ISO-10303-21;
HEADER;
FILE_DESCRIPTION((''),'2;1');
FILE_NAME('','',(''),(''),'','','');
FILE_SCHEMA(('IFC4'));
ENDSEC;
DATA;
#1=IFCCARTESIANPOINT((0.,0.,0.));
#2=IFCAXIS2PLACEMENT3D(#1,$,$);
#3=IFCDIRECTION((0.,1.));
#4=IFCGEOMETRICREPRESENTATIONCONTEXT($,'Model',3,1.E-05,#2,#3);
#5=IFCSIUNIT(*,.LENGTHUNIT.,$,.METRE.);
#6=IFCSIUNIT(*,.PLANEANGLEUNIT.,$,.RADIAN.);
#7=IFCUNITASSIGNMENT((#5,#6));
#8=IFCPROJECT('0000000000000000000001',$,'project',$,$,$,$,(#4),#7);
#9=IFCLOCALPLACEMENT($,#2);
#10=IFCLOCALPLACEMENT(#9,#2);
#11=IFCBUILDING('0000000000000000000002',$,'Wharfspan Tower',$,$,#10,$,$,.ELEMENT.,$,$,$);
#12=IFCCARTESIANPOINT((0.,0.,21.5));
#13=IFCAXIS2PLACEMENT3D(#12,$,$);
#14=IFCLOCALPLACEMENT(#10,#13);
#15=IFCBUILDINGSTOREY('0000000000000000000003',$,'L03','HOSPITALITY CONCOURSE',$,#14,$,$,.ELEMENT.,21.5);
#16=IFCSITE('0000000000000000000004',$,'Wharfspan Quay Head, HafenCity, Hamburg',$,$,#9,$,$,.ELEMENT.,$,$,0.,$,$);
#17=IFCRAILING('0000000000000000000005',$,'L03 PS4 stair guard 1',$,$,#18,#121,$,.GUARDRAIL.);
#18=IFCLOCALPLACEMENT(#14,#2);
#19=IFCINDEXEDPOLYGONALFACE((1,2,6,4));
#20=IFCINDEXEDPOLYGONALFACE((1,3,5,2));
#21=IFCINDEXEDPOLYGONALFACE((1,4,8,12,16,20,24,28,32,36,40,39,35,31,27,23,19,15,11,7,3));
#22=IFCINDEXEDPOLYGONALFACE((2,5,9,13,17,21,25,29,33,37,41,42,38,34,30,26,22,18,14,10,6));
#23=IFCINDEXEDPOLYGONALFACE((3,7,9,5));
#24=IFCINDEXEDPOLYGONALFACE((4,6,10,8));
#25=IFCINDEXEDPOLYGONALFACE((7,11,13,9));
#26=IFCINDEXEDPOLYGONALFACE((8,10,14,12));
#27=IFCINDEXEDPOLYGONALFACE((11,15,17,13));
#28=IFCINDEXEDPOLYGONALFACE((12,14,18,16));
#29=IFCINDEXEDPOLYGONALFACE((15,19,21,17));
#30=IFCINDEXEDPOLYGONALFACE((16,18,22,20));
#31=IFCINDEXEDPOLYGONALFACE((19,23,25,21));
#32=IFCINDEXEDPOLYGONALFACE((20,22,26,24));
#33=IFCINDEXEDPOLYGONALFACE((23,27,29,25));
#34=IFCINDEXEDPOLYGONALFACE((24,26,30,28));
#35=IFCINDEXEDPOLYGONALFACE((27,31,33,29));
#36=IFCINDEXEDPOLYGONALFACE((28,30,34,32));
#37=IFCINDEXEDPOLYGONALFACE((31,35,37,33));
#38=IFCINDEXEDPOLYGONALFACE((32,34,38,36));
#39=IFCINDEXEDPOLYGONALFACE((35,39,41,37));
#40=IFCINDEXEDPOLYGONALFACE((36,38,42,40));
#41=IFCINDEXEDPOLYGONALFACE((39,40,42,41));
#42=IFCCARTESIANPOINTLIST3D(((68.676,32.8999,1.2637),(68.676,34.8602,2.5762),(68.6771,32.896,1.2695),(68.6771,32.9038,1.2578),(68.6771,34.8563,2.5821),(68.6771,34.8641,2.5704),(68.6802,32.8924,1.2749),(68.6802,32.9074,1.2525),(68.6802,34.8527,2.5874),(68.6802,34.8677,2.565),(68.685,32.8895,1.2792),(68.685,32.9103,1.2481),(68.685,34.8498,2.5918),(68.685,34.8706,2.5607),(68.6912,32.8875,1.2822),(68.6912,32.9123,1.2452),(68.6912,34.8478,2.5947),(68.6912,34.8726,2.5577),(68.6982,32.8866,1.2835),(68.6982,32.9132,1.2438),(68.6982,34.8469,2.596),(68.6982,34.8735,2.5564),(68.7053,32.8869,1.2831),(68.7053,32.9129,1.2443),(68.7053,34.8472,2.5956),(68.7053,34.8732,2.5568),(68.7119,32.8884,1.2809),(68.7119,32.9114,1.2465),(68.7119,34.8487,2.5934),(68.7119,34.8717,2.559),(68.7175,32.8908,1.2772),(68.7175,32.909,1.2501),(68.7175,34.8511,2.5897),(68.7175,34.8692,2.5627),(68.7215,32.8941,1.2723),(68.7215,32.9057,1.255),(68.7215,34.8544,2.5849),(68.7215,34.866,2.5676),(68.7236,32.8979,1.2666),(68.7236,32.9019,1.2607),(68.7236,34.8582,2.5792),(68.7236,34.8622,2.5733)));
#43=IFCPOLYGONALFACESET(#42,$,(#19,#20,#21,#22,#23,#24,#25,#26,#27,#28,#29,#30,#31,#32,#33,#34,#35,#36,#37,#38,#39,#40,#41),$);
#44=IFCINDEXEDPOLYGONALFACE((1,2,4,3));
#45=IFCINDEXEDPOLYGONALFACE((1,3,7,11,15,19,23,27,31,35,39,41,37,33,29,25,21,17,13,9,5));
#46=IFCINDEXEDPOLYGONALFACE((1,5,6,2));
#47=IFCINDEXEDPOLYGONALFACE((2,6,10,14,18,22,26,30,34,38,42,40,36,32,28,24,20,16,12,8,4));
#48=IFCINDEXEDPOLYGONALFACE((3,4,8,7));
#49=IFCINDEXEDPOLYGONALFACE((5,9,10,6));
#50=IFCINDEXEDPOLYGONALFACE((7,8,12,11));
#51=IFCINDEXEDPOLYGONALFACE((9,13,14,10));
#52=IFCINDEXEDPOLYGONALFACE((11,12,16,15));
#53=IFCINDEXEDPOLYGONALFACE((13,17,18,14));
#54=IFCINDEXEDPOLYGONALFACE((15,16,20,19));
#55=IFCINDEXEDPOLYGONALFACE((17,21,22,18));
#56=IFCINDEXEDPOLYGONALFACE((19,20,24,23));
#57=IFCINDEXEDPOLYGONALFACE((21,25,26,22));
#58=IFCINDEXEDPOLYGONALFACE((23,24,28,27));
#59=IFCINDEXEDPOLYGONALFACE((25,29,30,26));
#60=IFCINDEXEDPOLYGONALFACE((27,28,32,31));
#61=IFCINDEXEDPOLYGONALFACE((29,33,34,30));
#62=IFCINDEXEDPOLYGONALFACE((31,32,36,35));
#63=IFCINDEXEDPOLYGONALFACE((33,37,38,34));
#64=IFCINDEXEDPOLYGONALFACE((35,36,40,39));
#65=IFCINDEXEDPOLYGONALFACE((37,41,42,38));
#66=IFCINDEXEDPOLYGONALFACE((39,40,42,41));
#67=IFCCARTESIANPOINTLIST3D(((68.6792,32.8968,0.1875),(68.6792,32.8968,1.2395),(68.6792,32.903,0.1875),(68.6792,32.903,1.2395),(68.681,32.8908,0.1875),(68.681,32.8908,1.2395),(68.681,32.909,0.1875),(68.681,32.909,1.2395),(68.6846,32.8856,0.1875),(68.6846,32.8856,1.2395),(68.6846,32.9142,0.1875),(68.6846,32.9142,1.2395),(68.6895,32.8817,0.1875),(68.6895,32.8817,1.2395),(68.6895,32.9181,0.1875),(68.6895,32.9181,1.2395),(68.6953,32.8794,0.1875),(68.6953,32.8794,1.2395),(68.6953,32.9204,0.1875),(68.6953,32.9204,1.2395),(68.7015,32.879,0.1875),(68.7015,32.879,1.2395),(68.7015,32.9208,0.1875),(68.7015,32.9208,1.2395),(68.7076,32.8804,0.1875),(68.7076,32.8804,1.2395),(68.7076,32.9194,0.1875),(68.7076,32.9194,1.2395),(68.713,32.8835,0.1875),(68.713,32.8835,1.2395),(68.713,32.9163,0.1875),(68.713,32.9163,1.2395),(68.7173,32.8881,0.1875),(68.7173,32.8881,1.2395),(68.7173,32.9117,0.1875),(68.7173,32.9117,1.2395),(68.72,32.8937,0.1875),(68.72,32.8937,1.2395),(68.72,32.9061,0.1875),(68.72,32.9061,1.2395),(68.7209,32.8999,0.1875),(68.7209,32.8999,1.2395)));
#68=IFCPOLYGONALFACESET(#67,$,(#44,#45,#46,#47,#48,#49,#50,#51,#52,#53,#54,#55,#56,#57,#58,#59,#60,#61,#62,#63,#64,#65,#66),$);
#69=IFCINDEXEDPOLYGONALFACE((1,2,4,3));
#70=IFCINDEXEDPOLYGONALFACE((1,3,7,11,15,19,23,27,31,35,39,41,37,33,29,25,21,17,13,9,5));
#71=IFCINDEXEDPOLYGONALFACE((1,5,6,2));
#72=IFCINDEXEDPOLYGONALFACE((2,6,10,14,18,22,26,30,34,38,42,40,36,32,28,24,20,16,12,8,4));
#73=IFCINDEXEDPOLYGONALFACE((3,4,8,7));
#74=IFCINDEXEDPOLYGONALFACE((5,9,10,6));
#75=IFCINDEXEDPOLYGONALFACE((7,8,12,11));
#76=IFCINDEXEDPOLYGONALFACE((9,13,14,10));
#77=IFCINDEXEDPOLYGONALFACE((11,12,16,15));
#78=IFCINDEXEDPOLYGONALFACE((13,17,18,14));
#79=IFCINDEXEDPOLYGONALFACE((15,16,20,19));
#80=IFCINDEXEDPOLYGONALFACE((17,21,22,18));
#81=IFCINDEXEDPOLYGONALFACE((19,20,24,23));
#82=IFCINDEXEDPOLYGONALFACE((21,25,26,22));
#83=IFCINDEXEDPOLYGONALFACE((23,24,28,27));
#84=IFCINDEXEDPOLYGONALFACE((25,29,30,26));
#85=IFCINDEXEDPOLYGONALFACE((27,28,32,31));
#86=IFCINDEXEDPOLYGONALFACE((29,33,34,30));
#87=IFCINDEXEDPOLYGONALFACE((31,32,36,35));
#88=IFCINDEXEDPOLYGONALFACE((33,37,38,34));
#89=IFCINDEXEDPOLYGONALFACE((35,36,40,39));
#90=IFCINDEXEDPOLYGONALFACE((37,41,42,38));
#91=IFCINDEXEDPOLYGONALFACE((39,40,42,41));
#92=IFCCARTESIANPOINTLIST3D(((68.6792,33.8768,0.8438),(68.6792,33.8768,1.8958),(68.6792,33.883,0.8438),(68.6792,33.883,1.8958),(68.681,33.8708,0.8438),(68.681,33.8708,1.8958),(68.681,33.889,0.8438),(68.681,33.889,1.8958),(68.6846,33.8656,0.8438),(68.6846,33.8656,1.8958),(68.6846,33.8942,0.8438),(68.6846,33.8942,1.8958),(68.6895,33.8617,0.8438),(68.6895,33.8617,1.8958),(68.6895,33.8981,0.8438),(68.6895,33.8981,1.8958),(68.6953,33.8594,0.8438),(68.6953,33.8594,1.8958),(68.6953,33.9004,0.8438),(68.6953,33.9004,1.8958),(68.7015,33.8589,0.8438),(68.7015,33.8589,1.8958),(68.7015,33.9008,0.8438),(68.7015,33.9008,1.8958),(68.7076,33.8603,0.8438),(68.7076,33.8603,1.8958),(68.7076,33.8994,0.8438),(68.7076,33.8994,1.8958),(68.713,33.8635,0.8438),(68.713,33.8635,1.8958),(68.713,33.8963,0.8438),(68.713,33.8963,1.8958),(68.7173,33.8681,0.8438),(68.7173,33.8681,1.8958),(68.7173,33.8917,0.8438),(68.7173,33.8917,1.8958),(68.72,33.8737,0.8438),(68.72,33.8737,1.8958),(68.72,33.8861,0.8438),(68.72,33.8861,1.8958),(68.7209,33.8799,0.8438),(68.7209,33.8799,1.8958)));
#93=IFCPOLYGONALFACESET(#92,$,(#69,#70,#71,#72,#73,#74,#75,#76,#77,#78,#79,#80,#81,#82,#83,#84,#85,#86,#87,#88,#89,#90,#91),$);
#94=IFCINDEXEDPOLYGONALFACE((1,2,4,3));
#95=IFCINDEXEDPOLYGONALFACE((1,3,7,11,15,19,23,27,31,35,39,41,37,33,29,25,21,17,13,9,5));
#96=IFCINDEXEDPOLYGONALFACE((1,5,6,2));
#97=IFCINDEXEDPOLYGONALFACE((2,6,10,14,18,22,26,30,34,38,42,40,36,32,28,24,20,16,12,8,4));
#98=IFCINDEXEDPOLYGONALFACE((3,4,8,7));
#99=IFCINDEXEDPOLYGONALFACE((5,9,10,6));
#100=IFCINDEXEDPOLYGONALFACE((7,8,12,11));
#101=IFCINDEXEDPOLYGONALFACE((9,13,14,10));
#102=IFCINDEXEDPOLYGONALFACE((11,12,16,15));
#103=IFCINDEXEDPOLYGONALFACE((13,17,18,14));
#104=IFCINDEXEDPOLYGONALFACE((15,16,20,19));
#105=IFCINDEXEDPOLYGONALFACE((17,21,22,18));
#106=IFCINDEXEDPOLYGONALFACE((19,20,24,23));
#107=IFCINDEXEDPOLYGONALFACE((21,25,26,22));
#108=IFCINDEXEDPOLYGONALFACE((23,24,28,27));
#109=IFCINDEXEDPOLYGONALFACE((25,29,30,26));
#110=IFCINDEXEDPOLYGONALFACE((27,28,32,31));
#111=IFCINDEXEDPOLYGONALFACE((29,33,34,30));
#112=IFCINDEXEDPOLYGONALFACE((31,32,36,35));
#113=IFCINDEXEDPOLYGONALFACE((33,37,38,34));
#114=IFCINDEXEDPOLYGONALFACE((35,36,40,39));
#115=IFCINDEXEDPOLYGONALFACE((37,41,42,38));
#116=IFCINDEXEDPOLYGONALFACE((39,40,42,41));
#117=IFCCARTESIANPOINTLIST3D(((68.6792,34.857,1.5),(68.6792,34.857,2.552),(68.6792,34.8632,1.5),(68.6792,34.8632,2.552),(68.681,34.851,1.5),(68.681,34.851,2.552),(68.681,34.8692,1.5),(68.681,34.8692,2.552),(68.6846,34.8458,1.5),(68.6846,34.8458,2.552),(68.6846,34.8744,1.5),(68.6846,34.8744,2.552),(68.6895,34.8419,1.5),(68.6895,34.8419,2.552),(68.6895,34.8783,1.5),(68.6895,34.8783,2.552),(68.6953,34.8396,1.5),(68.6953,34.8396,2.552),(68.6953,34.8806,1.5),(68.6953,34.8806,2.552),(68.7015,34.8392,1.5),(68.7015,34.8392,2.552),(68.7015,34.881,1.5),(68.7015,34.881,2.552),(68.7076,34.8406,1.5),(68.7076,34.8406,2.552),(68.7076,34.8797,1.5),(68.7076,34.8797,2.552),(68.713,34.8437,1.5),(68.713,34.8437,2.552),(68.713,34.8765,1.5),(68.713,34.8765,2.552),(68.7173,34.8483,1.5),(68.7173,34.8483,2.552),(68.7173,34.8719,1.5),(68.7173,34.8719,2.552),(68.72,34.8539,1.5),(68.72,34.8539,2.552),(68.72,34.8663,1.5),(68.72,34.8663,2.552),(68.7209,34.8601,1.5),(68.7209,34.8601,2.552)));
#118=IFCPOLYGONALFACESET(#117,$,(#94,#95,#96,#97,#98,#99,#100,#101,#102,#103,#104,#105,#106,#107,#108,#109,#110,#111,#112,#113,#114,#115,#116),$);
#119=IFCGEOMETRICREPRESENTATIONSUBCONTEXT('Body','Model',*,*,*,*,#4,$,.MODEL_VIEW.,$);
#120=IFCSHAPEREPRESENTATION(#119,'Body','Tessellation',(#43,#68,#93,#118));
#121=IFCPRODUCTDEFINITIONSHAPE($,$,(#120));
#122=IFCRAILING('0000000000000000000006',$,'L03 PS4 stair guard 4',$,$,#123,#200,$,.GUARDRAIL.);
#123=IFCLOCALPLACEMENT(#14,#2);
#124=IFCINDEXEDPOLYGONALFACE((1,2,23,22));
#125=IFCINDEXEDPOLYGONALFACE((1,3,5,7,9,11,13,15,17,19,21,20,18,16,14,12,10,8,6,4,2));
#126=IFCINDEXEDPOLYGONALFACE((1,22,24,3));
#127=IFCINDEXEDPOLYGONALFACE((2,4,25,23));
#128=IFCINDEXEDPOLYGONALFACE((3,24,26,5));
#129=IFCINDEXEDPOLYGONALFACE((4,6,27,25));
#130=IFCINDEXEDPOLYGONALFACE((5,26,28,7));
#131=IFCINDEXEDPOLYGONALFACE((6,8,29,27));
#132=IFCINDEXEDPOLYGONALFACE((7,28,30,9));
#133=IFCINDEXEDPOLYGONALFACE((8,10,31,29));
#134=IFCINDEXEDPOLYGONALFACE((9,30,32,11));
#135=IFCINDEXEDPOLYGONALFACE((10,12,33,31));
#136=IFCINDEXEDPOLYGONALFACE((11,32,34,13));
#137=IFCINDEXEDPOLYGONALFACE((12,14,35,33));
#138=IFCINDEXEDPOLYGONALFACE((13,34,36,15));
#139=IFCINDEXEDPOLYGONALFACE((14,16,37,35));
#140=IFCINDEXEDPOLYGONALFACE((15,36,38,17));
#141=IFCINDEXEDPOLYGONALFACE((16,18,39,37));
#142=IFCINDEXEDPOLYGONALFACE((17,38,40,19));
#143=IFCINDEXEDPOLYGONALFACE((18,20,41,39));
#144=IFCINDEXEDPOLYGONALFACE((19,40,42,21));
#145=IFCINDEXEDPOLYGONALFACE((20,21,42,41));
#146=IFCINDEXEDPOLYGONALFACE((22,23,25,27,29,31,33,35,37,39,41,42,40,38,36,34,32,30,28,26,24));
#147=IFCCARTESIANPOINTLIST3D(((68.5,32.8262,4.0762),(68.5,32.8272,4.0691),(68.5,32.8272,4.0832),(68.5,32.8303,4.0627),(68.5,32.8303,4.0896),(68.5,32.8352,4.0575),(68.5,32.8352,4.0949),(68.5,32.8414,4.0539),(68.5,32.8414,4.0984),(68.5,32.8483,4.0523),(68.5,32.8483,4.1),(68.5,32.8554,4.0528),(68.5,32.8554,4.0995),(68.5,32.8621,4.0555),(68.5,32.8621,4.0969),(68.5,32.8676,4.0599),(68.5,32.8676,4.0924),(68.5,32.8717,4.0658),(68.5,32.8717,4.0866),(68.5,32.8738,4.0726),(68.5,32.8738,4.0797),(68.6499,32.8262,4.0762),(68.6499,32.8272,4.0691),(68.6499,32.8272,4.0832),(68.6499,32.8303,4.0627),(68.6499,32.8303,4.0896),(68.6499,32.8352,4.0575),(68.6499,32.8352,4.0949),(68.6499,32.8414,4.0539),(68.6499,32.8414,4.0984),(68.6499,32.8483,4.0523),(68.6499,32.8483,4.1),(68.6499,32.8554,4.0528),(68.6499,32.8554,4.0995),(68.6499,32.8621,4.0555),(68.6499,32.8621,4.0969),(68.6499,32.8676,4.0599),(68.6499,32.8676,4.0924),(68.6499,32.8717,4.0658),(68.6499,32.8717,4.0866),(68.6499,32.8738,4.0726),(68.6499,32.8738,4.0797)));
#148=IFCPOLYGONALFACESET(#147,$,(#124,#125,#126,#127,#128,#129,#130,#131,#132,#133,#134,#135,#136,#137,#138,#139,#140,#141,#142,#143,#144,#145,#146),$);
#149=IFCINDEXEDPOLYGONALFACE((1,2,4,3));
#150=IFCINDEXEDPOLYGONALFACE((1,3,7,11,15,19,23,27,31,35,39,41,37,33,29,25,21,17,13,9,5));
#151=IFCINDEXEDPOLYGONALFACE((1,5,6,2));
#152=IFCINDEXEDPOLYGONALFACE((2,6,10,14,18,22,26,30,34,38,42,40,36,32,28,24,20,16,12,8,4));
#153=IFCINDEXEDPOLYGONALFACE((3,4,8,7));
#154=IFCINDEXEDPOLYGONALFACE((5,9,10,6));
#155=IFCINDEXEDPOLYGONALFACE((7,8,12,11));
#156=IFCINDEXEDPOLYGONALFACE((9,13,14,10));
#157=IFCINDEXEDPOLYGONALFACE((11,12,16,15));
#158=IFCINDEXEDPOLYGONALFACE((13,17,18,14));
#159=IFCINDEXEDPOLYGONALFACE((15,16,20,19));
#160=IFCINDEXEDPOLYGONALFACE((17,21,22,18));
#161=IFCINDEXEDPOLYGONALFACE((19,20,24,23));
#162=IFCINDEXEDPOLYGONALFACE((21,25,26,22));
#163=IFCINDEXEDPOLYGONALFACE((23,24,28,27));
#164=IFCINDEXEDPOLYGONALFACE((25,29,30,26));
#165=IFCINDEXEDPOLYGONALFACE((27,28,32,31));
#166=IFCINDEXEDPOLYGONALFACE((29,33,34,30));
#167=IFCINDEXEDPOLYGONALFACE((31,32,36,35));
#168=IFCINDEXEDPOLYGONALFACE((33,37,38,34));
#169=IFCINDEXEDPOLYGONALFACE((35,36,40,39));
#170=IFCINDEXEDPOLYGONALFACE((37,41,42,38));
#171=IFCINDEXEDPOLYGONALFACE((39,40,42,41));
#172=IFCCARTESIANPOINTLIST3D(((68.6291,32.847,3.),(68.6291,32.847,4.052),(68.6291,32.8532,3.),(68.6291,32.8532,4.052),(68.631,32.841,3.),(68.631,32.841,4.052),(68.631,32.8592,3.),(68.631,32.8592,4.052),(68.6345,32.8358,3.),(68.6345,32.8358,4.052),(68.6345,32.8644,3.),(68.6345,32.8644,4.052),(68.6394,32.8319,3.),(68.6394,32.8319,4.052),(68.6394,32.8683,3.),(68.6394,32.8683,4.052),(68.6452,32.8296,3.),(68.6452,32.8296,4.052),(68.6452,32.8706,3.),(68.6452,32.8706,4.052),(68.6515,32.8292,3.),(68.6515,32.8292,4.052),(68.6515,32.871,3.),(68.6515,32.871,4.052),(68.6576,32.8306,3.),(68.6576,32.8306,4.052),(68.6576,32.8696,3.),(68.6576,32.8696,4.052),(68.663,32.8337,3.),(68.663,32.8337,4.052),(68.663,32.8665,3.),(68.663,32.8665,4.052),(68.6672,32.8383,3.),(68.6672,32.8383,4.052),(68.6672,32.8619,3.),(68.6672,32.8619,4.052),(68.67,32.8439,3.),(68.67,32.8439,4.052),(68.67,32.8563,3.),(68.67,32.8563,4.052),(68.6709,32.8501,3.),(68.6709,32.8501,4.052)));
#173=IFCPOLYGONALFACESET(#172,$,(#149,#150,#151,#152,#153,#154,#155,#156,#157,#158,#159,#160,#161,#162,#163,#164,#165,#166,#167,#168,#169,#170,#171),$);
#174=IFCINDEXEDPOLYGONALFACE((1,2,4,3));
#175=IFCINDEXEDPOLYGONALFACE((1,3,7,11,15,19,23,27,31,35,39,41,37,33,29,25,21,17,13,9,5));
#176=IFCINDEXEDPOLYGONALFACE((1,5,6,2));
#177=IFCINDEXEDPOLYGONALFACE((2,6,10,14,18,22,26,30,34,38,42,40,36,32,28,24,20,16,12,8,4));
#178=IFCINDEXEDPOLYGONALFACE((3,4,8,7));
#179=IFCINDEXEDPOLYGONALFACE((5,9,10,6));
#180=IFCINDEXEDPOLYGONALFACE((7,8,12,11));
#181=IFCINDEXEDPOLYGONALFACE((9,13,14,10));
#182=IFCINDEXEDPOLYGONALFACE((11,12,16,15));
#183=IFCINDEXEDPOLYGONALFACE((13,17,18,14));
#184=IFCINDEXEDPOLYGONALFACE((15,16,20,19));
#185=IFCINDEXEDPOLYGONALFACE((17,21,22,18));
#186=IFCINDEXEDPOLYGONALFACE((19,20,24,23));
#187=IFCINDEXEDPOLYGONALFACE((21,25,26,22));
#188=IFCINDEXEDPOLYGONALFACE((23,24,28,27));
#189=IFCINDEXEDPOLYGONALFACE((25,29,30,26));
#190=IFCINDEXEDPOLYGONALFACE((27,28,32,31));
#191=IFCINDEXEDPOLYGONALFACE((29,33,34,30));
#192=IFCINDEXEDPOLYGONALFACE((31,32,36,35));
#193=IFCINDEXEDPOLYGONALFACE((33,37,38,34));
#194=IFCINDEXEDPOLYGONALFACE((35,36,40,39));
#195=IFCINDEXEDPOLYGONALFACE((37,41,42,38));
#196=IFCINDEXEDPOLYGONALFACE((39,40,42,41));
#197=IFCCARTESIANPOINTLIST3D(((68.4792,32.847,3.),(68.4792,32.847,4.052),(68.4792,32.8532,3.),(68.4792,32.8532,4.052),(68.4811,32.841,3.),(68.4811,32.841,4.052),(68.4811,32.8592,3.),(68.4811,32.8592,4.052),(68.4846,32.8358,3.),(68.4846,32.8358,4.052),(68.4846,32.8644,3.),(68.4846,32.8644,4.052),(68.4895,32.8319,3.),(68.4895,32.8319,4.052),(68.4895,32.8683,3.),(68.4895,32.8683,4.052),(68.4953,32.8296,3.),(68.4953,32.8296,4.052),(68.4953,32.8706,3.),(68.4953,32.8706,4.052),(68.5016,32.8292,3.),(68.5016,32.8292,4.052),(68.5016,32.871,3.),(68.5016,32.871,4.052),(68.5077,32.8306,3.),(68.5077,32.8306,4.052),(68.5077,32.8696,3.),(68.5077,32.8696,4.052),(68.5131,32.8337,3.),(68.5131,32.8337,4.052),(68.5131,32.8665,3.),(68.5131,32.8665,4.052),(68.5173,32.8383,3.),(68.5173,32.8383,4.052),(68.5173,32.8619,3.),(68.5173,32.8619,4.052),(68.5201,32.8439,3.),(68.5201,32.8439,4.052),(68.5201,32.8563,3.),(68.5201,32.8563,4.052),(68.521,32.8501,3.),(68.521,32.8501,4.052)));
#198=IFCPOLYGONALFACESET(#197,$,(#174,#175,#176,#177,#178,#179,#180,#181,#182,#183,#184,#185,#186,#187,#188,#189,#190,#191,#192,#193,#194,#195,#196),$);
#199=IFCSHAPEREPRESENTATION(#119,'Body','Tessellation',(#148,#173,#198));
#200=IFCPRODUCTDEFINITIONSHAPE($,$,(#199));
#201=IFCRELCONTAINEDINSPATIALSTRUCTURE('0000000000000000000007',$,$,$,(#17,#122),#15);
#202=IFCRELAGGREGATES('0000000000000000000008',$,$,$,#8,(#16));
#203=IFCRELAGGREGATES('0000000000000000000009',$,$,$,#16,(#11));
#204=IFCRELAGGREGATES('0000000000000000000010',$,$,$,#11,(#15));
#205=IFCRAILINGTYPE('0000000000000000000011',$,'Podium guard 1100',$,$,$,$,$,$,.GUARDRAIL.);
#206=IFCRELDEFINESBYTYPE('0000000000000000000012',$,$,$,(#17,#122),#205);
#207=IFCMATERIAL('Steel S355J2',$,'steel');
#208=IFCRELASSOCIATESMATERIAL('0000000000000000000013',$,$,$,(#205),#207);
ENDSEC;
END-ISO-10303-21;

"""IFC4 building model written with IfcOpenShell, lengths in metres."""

from ifc_helpers import new_model, si_unit, direction, frame, origin, origin_2d, place, context, subcontext, project, spatial, circle, extrude, material, type_object, element, save


model = new_model("IFC4")

# Units and contexts
model_context = context("Model", 3, precision=1e-05, world=origin(), true_north=direction((0.0, 1.0)))
body_context = subcontext(model_context, "Body", "Model", "MODEL_VIEW")
ifc_project = project(units=[si_unit("LENGTHUNIT", "METRE"), si_unit("PLANEANGLEUNIT", "RADIAN")], contexts=[model_context])

# Site, building, storey
site_placement = place(None, origin())
site = spatial("IfcSite", under=ifc_project, at=site_placement, Name="Wharfspan Quay Head, HafenCity, Hamburg", CompositionType="ELEMENT", RefElevation=0.0)
building_placement = place(site_placement, origin())
building = spatial("IfcBuilding", under=site, at=building_placement, Name="Wharfspan Tower", CompositionType="ELEMENT")
storey_placement = place(building_placement, frame((0.0, 0.0, 21.5)))
storey = spatial("IfcBuildingStorey", under=building, at=storey_placement, Name="L03", Description="HOSPITALITY CONCOURSE", CompositionType="ELEMENT", Elevation=21.5)

# Railings
ifc_material_1 = material(Name="Steel S355J2", Category="steel")
railing_type_1 = type_object("IfcRailingType", Name="Podium guard 1100", PredefinedType="GUARDRAIL", material=ifc_material_1)
railing_1_placement = place(storey_placement, frame((68.7, 32.8999, 0.1875)))
element("IfcRailing", 1, at=railing_1_placement, inside=storey, type_object=railing_type_1, Name="L03 PS4 stair guard 1", PredefinedType="GUARDRAIL", context=body_context, shape_type="SweptSolid", body=[
    extrude(circle(Radius=0.0239, at=origin_2d()), frame((0.0, 0.0, 1.0762), z_axis=(0.0, 0.830934, 0.556371), x_axis=(-1.0, 0.0, 0.0)), (0.0, 0.0, 1.0), 2.3591),
    extrude(circle(Radius=0.021, at=origin_2d()), origin(), (0.0, 0.0, 1.0), 1.052),
    extrude(circle(Radius=0.021, at=origin_2d()), frame((0.0, 0.98, 0.6562)), (0.0, 0.0, 1.0), 1.052),
    extrude(circle(Radius=0.021, at=origin_2d()), frame((0.0, 1.9602, 1.3125)), (0.0, 0.0, 1.0), 1.052),
])
railing_2_placement = place(storey_placement, frame((68.6499, 32.8501, 3.0)))
element("IfcRailing", 2, at=railing_2_placement, inside=storey, type_object=railing_type_1, Name="L03 PS4 stair guard 4", PredefinedType="GUARDRAIL", context=body_context, shape_type="SweptSolid", body=[
    extrude(circle(Radius=0.0239, at=origin_2d()), frame((0.0, 0.0, 1.0762), z_axis=(-1.0, 0.0, 0.0), x_axis=(0.0, -1.0, 0.0)), (0.0, 0.0, 1.0), 0.1499),
    extrude(circle(Radius=0.021, at=origin_2d()), origin(), (0.0, 0.0, 1.0), 1.052),
    extrude(circle(Radius=0.021, at=origin_2d()), frame((-0.1499, 0.0, 0.0)), (0.0, 0.0, 1.0), 1.052),
])

save(model, "model.ifc")
